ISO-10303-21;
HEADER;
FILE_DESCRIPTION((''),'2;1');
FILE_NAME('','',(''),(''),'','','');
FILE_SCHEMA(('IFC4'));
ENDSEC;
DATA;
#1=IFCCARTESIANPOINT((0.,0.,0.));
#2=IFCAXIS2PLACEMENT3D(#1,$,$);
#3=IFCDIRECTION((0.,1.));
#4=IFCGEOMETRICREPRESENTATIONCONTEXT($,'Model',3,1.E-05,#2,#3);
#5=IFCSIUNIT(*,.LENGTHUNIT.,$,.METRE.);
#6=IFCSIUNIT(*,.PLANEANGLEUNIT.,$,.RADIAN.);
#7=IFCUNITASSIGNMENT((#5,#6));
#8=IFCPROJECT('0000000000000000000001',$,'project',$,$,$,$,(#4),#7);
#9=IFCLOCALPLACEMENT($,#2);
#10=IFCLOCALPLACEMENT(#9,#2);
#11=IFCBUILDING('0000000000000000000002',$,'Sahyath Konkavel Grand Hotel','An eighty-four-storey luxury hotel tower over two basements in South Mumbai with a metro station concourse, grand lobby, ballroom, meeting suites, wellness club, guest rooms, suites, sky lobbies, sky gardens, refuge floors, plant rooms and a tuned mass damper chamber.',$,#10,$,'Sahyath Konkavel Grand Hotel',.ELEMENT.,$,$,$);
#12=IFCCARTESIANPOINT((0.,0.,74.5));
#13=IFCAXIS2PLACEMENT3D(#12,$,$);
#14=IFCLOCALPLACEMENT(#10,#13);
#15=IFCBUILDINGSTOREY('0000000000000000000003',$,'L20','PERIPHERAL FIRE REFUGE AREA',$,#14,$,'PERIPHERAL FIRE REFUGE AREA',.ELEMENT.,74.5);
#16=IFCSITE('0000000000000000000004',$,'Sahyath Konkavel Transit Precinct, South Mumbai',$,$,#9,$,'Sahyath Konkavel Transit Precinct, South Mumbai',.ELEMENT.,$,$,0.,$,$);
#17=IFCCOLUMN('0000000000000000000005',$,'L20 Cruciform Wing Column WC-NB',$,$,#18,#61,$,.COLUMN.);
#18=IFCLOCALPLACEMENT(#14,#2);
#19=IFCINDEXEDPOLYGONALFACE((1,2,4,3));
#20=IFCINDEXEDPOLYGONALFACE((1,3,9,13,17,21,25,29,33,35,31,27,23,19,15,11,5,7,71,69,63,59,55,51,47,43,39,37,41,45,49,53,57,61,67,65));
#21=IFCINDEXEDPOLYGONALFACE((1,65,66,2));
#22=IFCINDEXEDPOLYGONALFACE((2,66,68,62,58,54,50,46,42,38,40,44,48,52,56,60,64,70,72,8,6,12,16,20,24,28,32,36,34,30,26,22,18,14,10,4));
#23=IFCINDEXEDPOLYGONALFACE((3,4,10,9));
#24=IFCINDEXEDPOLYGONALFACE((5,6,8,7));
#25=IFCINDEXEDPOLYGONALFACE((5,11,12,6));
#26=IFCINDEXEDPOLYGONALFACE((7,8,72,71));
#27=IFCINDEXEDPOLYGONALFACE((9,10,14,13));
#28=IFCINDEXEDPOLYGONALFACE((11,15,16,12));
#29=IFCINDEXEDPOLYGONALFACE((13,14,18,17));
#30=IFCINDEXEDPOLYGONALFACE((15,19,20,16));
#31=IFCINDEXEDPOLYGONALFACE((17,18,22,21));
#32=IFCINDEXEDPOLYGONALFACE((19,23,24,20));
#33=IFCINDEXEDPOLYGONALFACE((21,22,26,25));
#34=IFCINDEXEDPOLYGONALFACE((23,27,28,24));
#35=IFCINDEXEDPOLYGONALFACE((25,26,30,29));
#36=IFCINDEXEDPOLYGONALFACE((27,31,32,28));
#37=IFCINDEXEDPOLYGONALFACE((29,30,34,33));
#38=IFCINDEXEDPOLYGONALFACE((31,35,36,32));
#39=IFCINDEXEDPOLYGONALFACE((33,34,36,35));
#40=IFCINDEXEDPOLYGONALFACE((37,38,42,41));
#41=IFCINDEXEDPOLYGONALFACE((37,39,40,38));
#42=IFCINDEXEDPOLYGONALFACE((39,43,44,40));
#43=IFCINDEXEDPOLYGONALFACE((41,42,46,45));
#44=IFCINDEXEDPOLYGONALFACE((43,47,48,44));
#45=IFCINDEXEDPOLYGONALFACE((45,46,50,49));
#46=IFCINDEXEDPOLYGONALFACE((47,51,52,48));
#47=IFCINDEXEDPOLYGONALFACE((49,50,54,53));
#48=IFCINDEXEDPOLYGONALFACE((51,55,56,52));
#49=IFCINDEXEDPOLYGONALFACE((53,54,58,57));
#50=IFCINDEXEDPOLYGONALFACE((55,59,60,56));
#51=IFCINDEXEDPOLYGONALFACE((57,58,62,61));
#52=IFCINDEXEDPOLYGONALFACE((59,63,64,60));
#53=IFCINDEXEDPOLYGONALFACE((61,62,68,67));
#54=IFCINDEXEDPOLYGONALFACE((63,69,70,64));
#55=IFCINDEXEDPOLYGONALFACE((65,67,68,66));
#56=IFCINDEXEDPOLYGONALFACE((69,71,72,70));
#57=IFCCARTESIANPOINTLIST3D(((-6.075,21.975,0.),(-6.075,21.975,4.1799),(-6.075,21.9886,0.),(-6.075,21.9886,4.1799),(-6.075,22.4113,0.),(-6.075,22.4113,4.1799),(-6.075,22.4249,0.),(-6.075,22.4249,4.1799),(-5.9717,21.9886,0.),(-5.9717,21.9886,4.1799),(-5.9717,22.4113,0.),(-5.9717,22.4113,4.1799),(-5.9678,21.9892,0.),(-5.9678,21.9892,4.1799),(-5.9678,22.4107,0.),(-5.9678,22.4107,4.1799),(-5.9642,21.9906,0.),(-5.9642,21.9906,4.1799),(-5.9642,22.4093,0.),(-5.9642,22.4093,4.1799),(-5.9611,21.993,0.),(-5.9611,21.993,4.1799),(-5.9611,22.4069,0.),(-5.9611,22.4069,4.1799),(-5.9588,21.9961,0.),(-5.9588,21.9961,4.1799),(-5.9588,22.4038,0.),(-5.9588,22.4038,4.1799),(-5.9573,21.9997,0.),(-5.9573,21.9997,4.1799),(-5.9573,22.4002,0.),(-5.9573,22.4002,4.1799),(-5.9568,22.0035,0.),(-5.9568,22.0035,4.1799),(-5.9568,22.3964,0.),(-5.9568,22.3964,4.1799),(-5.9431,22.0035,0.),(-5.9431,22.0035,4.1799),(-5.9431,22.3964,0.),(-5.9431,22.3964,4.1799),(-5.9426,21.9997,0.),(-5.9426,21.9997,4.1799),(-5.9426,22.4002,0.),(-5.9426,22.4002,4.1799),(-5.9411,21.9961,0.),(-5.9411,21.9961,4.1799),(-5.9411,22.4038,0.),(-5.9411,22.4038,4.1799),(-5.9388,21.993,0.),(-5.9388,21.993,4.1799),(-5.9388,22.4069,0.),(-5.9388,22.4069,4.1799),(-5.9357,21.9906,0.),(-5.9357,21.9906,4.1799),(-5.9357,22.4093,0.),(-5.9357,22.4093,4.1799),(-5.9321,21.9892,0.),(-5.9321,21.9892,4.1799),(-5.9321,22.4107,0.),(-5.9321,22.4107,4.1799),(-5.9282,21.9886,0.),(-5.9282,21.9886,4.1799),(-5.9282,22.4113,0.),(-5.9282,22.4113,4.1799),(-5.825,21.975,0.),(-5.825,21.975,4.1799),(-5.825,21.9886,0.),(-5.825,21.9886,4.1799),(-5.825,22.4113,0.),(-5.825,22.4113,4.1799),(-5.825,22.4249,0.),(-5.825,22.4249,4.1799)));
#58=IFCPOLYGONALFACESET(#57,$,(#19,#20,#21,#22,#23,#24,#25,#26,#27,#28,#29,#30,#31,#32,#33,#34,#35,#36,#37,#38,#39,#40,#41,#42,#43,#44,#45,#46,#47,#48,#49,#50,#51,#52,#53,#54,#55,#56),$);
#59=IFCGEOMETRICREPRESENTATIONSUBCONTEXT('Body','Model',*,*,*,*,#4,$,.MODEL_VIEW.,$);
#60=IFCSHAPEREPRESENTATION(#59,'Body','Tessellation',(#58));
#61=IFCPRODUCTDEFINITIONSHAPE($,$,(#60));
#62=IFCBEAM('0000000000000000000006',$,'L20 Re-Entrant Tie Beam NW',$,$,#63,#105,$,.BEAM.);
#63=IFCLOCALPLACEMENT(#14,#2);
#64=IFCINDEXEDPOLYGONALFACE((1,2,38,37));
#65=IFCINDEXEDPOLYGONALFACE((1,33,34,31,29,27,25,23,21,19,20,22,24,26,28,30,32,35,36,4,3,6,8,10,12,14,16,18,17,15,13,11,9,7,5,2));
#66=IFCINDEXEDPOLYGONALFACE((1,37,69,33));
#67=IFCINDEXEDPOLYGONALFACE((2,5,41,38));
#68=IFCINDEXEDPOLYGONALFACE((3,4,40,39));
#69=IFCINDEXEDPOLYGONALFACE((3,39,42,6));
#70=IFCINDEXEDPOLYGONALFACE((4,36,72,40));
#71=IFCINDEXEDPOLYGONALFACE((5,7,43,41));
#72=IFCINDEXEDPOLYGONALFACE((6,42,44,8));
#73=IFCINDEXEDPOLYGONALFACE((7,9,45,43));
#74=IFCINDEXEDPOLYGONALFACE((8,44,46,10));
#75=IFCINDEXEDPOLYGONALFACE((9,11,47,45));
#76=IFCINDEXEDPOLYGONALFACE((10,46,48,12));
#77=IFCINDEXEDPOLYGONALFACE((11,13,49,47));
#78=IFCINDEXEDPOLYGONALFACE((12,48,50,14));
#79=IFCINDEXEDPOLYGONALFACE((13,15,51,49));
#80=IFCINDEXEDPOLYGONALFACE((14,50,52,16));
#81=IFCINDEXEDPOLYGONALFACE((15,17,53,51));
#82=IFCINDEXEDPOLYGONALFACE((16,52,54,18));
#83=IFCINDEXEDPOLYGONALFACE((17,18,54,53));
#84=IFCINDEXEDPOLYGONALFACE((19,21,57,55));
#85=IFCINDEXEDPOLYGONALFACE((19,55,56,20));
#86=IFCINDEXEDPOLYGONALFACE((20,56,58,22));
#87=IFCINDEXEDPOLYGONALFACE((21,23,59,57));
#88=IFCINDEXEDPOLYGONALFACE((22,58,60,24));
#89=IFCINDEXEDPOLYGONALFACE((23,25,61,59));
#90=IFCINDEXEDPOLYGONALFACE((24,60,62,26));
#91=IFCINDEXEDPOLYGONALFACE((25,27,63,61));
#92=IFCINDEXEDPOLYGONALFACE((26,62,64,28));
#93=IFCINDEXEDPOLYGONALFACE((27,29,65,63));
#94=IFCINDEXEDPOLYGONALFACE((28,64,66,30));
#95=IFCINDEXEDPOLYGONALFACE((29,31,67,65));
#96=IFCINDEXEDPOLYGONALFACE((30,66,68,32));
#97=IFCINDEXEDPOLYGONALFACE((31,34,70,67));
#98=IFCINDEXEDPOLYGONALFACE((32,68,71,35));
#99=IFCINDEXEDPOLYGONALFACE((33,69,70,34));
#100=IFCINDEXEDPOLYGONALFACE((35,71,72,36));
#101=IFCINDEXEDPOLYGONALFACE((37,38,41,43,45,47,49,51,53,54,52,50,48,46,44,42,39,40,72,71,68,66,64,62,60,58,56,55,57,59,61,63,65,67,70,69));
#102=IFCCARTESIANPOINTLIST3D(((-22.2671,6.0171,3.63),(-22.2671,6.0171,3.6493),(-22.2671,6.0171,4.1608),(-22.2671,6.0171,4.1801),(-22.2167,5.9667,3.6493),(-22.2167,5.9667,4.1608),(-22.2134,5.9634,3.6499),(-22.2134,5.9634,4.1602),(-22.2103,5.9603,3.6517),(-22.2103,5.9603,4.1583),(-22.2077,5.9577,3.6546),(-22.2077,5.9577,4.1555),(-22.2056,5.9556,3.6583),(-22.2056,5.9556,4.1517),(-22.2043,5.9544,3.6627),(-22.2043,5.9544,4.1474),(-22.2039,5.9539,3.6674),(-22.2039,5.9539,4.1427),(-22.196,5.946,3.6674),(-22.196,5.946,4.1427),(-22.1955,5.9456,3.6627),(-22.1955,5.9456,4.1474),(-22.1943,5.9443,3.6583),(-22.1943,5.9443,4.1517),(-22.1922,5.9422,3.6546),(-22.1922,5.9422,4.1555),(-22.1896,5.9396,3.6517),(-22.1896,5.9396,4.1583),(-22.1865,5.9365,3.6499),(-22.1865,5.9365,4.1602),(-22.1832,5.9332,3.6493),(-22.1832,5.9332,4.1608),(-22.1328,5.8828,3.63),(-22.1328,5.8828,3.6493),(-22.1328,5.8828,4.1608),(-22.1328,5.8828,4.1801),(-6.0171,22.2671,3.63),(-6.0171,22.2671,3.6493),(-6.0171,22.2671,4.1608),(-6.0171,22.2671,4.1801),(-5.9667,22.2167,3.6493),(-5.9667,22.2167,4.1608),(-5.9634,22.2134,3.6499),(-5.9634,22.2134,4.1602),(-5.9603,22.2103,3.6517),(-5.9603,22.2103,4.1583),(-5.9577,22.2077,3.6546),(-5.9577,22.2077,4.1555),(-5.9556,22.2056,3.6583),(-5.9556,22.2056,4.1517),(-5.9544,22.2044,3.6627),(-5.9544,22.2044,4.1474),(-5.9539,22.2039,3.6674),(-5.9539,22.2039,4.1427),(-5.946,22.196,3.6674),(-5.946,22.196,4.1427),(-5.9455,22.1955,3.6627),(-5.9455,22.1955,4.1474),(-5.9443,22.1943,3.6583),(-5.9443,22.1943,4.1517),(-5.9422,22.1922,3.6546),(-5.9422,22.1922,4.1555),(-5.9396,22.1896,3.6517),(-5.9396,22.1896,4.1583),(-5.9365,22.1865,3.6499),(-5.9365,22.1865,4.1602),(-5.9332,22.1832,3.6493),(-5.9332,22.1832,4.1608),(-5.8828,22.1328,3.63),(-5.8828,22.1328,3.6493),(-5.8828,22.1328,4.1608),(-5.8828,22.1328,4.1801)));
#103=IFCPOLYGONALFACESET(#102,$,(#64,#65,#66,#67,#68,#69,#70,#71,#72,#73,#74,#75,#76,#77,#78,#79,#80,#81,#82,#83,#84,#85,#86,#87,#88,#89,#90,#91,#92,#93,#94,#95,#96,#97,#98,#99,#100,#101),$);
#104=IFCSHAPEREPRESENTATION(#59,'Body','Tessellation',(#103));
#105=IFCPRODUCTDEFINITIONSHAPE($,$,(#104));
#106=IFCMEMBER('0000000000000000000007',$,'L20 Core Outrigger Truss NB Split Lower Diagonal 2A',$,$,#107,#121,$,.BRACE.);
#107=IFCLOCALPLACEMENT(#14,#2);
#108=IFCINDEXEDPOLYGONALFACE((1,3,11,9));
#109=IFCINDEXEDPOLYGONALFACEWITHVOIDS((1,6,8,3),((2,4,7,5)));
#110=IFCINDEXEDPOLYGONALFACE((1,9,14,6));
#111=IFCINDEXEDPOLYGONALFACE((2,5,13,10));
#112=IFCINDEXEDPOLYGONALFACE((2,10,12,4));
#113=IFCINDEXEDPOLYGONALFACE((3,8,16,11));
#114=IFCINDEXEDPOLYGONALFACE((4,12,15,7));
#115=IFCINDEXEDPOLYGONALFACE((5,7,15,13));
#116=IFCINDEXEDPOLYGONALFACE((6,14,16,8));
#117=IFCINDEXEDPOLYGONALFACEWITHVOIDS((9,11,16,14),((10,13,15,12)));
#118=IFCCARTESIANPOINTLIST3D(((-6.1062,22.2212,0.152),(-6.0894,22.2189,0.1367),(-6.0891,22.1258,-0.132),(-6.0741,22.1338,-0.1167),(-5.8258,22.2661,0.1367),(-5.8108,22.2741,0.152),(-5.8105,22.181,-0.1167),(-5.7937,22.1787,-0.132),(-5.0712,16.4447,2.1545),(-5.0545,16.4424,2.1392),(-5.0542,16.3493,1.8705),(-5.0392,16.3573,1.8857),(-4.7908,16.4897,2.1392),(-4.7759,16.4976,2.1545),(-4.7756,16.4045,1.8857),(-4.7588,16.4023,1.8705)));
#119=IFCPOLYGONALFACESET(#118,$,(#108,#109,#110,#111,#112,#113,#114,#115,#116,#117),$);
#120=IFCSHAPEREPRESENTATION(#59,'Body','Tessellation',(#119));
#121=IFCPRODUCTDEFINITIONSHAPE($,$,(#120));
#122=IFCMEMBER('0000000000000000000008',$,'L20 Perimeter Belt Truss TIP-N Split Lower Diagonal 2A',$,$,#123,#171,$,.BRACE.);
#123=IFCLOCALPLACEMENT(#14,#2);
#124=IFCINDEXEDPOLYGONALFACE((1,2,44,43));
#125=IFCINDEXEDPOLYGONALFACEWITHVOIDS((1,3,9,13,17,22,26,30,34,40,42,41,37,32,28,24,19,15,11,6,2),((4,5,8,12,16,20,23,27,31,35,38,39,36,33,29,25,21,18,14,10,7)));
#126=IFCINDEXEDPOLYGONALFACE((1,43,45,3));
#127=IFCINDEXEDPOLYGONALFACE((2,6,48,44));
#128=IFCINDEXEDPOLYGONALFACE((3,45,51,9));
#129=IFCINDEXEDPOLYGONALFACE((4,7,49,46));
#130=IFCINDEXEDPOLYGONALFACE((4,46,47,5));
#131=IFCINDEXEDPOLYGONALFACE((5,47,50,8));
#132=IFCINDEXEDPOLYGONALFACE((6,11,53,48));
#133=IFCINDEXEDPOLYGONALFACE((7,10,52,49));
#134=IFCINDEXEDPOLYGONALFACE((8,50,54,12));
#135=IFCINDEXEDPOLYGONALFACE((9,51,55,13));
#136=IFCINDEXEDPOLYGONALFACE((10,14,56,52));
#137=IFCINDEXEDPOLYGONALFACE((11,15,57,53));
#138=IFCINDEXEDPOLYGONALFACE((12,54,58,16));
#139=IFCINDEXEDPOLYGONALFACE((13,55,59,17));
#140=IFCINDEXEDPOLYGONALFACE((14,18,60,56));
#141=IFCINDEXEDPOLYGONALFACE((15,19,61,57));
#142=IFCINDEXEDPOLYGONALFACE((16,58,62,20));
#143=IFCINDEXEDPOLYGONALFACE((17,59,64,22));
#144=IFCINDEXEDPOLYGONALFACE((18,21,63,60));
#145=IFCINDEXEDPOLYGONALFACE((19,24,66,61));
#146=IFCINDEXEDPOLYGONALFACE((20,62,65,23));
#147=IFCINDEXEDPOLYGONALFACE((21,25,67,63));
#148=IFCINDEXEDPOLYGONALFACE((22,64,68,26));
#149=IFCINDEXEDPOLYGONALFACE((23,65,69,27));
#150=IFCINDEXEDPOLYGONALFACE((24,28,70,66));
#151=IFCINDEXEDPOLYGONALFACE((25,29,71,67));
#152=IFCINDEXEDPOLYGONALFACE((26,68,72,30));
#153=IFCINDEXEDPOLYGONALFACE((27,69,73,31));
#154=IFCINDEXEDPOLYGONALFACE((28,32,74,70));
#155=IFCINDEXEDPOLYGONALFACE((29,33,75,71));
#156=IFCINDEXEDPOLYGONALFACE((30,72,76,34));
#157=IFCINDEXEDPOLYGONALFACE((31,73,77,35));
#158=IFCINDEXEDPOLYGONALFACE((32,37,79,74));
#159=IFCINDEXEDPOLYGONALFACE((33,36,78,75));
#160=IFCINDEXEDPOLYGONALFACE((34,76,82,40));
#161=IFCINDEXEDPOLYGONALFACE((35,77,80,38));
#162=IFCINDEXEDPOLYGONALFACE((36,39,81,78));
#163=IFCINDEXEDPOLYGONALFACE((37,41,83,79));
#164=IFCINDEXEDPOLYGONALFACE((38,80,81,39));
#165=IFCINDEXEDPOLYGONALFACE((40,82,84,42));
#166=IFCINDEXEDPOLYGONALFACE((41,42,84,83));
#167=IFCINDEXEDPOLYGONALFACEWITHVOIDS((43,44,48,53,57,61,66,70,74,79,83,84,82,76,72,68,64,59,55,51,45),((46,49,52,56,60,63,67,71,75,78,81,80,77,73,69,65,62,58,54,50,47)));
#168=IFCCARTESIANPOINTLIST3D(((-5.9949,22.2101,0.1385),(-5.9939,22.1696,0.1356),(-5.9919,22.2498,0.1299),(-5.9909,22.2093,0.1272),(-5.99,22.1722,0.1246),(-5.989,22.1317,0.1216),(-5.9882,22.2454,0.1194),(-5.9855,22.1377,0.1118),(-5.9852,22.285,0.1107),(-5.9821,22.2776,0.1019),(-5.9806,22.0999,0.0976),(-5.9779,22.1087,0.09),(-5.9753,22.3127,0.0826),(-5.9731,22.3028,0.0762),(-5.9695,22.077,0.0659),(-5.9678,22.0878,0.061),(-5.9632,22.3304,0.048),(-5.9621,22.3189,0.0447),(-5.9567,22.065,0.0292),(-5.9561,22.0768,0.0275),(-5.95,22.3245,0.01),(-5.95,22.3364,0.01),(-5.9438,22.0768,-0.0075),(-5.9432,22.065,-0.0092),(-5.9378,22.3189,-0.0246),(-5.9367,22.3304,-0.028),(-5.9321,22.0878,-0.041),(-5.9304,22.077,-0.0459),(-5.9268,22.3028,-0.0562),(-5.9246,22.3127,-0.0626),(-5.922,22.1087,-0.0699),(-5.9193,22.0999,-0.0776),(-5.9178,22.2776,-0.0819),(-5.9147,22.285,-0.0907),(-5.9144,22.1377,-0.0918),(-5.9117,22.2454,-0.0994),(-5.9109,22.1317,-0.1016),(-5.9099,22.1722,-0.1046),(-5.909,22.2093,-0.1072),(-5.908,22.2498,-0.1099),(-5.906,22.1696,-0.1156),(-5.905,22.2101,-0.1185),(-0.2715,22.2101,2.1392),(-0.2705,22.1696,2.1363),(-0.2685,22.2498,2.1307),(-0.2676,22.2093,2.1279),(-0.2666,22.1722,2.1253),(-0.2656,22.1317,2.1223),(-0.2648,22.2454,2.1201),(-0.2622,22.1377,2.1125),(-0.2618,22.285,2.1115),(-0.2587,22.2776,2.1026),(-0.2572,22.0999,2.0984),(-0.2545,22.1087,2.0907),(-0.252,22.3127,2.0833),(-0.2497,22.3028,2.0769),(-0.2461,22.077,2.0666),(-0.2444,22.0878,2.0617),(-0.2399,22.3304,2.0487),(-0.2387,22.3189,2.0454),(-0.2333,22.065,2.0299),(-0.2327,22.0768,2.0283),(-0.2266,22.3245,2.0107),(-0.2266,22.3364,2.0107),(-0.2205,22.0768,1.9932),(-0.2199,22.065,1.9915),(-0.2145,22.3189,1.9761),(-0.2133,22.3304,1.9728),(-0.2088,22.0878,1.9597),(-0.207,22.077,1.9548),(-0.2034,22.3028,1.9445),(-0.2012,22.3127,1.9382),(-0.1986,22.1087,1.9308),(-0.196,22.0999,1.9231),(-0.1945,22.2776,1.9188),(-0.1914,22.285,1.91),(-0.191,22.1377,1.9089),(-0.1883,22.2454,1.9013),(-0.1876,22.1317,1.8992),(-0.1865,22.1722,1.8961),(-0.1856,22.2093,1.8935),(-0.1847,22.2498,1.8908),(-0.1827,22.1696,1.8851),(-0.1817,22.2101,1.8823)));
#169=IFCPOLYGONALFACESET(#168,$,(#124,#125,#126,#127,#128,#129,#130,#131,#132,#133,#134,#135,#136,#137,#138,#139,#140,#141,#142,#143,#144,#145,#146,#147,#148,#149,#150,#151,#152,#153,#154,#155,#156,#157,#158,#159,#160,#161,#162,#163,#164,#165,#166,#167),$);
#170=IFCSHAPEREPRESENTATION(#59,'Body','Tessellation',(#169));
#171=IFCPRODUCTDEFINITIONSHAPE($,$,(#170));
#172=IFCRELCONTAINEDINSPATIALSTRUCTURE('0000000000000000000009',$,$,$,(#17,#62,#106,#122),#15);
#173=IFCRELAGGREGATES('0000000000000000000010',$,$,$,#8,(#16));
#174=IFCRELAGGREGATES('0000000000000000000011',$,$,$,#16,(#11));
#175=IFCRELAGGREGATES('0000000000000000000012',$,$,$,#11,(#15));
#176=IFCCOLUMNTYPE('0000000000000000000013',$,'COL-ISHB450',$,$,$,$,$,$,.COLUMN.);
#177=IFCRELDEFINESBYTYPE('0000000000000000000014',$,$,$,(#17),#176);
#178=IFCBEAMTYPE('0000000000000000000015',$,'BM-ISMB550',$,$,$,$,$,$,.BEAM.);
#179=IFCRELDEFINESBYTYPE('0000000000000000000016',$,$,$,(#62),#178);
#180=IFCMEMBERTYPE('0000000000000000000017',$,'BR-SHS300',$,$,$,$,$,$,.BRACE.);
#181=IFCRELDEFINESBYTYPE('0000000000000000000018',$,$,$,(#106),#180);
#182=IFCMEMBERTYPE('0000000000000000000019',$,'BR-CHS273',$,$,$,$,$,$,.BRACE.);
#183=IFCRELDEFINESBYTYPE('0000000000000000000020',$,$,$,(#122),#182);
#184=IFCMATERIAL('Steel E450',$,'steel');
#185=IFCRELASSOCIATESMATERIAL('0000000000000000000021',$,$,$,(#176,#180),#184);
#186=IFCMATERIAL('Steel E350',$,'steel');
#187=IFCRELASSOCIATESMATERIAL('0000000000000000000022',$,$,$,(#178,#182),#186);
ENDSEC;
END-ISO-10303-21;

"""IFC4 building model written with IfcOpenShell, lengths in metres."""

from ifc_helpers import new_model, si_unit, direction, frame, origin, origin_2d, place, context, subcontext, project, spatial, hollow_rectangle, hollow_circle, i_section, extrude, source, transform, mapped, material, material_profile, profile_set, type_object, element, save


model = new_model("IFC4")

# Units and contexts
model_context = context("Model", 3, precision=1e-05, world=origin(), true_north=direction((0.0, 1.0)))
body_context = subcontext(model_context, "Body", "Model", "MODEL_VIEW")
ifc_project = project(units=[si_unit("LENGTHUNIT", "METRE"), si_unit("PLANEANGLEUNIT", "RADIAN")], contexts=[model_context])

# Site, building, storey
site_placement = place(None, origin())
site = spatial("IfcSite", under=ifc_project, at=site_placement, Name="Sahyath Konkavel Transit Precinct, South Mumbai", LongName="Sahyath Konkavel Transit Precinct, South Mumbai", CompositionType="ELEMENT", RefElevation=0.0)
building_placement = place(site_placement, origin())
building = spatial("IfcBuilding", under=site, at=building_placement, Name="Sahyath Konkavel Grand Hotel", Description="An eighty-four-storey luxury hotel tower over two basements in South Mumbai with a metro station concourse, grand lobby, ballroom, meeting suites, wellness club, guest rooms, suites, sky lobbies, sky gardens, refuge floors, plant rooms and a tuned mass damper chamber.", LongName="Sahyath Konkavel Grand Hotel", CompositionType="ELEMENT")
storey_placement = place(building_placement, frame((0.0, 0.0, 74.5)))
storey = spatial("IfcBuildingStorey", under=building, at=storey_placement, Name="L20", Description="PERIPHERAL FIRE REFUGE AREA", LongName="PERIPHERAL FIRE REFUGE AREA", CompositionType="ELEMENT", Elevation=74.5)

# Column
ifc_material_1 = material(Name="Steel E450", Category="steel")
ifc_material_profile_1 = material_profile(ifc_material_1, i_section(OverallWidth=0.25, OverallDepth=0.45, WebThickness=0.0137, FlangeThickness=0.0137, FilletRadius=0.0149, at=origin_2d()), Name="ISHB 450")
ifc_profile_set_1 = profile_set([ifc_material_profile_1], Name="Steel E450")
column_type = type_object("IfcColumnType", Name="COL-ISHB450", PredefinedType="COLUMN", material=ifc_profile_set_1)
shared_shape_1 = source(origin(), body_context, "Body", "SweptSolid", [
    extrude(i_section(OverallWidth=0.25, OverallDepth=0.45, WebThickness=0.0137, FlangeThickness=0.0137, FilletRadius=0.0149, at=origin_2d()), origin(), (0.0, 0.0, 1.0), 4.1799),
])
column_placement = place(storey_placement, frame((-5.95, 22.2, 0.0), z_axis=(0.0, 0.0, 1.0), x_axis=(1.0, 0.0, 0.0)))
element("IfcColumn", 1, at=column_placement, inside=storey, type_object=column_type, Name="L20 Cruciform Wing Column WC-NB", PredefinedType="COLUMN", context=body_context, shape_type="MappedRepresentation", body=[
    mapped(shared_shape_1, transform((0.0, 0.0, 0.0), scale=1.0)),
])

# Beam
ifc_material_2 = material(Name="Steel E350", Category="steel")
ifc_material_profile_2 = material_profile(ifc_material_2, i_section(OverallWidth=0.1899, OverallDepth=0.55, WebThickness=0.0112, FlangeThickness=0.0193, FilletRadius=0.0181, at=origin_2d()), Name="ISMB 550")
ifc_profile_set_2 = profile_set([ifc_material_profile_2], Name="Steel E350")
beam_type = type_object("IfcBeamType", Name="BM-ISMB550", PredefinedType="BEAM", material=ifc_profile_set_2)
shared_shape_2 = source(origin(), body_context, "Body", "SweptSolid", [
    extrude(i_section(OverallWidth=0.1899, OverallDepth=0.55, WebThickness=0.0112, FlangeThickness=0.0193, FilletRadius=0.0181, at=origin_2d()), origin(), (0.0, 0.0, 1.0), 22.981),
])
beam_placement = place(storey_placement, frame((-5.95, 22.2, 3.905), z_axis=(-0.707107, -0.707107, 0.0), x_axis=(0.707107, -0.707107, 0.0)))
element("IfcBeam", 2, at=beam_placement, inside=storey, type_object=beam_type, Name="L20 Re-Entrant Tie Beam NW", PredefinedType="BEAM", context=body_context, shape_type="MappedRepresentation", body=[
    mapped(shared_shape_2, transform((0.0, 0.0, 0.0), scale=1.0)),
])

# Members
ifc_material_profile_3 = material_profile(ifc_material_1, hollow_rectangle(XDim=0.3, YDim=0.3, WallThickness=0.0161, at=origin_2d()), Name="SHS 300x300x16")
ifc_profile_set_3 = profile_set([ifc_material_profile_3], Name="Steel E450")
member_type_1 = type_object("IfcMemberType", Name="BR-SHS300", PredefinedType="BRACE", material=ifc_profile_set_3)
shared_shape_3 = source(origin(), body_context, "Body", "SweptSolid", [
    extrude(hollow_rectangle(XDim=0.3, YDim=0.3, WallThickness=0.0161, at=origin_2d()), origin(), (0.0, 0.0, 1.0), 6.2007),
])
member_1_placement = place(storey_placement, frame((-5.95, 22.2, 0.01), z_axis=(0.166906, -0.931584, 0.322944), x_axis=(0.984327, 0.176355, 0.0)))
element("IfcMember", 3, at=member_1_placement, inside=storey, type_object=member_type_1, Name="L20 Core Outrigger Truss NB Split Lower Diagonal 2A", PredefinedType="BRACE", context=body_context, shape_type="MappedRepresentation", body=[
    mapped(shared_shape_3, transform((0.0, 0.0, 0.0), scale=1.0)),
])
ifc_material_profile_4 = material_profile(ifc_material_2, hollow_circle(Radius=0.1365, WallThickness=0.012, at=origin_2d()), Name="CHS 273.0x12")
ifc_profile_set_4 = profile_set([ifc_material_profile_4], Name="Steel E350")
member_type_2 = type_object("IfcMemberType", Name="BR-CHS273", PredefinedType="BRACE", material=ifc_profile_set_4)
shared_shape_4 = source(origin(), body_context, "Body", "SweptSolid", [
    extrude(hollow_circle(Radius=0.1365, WallThickness=0.012, at=origin_2d()), origin(), (0.0, 0.0, 1.0), 6.063),
])
member_2_placement = place(storey_placement, frame((-5.95, 22.2, 0.01), z_axis=(0.943984, 0.0, 0.32999), x_axis=(0.0, 1.0, 0.0)))
element("IfcMember", 4, at=member_2_placement, inside=storey, type_object=member_type_2, Name="L20 Perimeter Belt Truss TIP-N Split Lower Diagonal 2A", PredefinedType="BRACE", context=body_context, shape_type="MappedRepresentation", body=[
    mapped(shared_shape_4, transform((0.0, 0.0, 0.0), scale=1.0)),
])

save(model, "model.ifc")
